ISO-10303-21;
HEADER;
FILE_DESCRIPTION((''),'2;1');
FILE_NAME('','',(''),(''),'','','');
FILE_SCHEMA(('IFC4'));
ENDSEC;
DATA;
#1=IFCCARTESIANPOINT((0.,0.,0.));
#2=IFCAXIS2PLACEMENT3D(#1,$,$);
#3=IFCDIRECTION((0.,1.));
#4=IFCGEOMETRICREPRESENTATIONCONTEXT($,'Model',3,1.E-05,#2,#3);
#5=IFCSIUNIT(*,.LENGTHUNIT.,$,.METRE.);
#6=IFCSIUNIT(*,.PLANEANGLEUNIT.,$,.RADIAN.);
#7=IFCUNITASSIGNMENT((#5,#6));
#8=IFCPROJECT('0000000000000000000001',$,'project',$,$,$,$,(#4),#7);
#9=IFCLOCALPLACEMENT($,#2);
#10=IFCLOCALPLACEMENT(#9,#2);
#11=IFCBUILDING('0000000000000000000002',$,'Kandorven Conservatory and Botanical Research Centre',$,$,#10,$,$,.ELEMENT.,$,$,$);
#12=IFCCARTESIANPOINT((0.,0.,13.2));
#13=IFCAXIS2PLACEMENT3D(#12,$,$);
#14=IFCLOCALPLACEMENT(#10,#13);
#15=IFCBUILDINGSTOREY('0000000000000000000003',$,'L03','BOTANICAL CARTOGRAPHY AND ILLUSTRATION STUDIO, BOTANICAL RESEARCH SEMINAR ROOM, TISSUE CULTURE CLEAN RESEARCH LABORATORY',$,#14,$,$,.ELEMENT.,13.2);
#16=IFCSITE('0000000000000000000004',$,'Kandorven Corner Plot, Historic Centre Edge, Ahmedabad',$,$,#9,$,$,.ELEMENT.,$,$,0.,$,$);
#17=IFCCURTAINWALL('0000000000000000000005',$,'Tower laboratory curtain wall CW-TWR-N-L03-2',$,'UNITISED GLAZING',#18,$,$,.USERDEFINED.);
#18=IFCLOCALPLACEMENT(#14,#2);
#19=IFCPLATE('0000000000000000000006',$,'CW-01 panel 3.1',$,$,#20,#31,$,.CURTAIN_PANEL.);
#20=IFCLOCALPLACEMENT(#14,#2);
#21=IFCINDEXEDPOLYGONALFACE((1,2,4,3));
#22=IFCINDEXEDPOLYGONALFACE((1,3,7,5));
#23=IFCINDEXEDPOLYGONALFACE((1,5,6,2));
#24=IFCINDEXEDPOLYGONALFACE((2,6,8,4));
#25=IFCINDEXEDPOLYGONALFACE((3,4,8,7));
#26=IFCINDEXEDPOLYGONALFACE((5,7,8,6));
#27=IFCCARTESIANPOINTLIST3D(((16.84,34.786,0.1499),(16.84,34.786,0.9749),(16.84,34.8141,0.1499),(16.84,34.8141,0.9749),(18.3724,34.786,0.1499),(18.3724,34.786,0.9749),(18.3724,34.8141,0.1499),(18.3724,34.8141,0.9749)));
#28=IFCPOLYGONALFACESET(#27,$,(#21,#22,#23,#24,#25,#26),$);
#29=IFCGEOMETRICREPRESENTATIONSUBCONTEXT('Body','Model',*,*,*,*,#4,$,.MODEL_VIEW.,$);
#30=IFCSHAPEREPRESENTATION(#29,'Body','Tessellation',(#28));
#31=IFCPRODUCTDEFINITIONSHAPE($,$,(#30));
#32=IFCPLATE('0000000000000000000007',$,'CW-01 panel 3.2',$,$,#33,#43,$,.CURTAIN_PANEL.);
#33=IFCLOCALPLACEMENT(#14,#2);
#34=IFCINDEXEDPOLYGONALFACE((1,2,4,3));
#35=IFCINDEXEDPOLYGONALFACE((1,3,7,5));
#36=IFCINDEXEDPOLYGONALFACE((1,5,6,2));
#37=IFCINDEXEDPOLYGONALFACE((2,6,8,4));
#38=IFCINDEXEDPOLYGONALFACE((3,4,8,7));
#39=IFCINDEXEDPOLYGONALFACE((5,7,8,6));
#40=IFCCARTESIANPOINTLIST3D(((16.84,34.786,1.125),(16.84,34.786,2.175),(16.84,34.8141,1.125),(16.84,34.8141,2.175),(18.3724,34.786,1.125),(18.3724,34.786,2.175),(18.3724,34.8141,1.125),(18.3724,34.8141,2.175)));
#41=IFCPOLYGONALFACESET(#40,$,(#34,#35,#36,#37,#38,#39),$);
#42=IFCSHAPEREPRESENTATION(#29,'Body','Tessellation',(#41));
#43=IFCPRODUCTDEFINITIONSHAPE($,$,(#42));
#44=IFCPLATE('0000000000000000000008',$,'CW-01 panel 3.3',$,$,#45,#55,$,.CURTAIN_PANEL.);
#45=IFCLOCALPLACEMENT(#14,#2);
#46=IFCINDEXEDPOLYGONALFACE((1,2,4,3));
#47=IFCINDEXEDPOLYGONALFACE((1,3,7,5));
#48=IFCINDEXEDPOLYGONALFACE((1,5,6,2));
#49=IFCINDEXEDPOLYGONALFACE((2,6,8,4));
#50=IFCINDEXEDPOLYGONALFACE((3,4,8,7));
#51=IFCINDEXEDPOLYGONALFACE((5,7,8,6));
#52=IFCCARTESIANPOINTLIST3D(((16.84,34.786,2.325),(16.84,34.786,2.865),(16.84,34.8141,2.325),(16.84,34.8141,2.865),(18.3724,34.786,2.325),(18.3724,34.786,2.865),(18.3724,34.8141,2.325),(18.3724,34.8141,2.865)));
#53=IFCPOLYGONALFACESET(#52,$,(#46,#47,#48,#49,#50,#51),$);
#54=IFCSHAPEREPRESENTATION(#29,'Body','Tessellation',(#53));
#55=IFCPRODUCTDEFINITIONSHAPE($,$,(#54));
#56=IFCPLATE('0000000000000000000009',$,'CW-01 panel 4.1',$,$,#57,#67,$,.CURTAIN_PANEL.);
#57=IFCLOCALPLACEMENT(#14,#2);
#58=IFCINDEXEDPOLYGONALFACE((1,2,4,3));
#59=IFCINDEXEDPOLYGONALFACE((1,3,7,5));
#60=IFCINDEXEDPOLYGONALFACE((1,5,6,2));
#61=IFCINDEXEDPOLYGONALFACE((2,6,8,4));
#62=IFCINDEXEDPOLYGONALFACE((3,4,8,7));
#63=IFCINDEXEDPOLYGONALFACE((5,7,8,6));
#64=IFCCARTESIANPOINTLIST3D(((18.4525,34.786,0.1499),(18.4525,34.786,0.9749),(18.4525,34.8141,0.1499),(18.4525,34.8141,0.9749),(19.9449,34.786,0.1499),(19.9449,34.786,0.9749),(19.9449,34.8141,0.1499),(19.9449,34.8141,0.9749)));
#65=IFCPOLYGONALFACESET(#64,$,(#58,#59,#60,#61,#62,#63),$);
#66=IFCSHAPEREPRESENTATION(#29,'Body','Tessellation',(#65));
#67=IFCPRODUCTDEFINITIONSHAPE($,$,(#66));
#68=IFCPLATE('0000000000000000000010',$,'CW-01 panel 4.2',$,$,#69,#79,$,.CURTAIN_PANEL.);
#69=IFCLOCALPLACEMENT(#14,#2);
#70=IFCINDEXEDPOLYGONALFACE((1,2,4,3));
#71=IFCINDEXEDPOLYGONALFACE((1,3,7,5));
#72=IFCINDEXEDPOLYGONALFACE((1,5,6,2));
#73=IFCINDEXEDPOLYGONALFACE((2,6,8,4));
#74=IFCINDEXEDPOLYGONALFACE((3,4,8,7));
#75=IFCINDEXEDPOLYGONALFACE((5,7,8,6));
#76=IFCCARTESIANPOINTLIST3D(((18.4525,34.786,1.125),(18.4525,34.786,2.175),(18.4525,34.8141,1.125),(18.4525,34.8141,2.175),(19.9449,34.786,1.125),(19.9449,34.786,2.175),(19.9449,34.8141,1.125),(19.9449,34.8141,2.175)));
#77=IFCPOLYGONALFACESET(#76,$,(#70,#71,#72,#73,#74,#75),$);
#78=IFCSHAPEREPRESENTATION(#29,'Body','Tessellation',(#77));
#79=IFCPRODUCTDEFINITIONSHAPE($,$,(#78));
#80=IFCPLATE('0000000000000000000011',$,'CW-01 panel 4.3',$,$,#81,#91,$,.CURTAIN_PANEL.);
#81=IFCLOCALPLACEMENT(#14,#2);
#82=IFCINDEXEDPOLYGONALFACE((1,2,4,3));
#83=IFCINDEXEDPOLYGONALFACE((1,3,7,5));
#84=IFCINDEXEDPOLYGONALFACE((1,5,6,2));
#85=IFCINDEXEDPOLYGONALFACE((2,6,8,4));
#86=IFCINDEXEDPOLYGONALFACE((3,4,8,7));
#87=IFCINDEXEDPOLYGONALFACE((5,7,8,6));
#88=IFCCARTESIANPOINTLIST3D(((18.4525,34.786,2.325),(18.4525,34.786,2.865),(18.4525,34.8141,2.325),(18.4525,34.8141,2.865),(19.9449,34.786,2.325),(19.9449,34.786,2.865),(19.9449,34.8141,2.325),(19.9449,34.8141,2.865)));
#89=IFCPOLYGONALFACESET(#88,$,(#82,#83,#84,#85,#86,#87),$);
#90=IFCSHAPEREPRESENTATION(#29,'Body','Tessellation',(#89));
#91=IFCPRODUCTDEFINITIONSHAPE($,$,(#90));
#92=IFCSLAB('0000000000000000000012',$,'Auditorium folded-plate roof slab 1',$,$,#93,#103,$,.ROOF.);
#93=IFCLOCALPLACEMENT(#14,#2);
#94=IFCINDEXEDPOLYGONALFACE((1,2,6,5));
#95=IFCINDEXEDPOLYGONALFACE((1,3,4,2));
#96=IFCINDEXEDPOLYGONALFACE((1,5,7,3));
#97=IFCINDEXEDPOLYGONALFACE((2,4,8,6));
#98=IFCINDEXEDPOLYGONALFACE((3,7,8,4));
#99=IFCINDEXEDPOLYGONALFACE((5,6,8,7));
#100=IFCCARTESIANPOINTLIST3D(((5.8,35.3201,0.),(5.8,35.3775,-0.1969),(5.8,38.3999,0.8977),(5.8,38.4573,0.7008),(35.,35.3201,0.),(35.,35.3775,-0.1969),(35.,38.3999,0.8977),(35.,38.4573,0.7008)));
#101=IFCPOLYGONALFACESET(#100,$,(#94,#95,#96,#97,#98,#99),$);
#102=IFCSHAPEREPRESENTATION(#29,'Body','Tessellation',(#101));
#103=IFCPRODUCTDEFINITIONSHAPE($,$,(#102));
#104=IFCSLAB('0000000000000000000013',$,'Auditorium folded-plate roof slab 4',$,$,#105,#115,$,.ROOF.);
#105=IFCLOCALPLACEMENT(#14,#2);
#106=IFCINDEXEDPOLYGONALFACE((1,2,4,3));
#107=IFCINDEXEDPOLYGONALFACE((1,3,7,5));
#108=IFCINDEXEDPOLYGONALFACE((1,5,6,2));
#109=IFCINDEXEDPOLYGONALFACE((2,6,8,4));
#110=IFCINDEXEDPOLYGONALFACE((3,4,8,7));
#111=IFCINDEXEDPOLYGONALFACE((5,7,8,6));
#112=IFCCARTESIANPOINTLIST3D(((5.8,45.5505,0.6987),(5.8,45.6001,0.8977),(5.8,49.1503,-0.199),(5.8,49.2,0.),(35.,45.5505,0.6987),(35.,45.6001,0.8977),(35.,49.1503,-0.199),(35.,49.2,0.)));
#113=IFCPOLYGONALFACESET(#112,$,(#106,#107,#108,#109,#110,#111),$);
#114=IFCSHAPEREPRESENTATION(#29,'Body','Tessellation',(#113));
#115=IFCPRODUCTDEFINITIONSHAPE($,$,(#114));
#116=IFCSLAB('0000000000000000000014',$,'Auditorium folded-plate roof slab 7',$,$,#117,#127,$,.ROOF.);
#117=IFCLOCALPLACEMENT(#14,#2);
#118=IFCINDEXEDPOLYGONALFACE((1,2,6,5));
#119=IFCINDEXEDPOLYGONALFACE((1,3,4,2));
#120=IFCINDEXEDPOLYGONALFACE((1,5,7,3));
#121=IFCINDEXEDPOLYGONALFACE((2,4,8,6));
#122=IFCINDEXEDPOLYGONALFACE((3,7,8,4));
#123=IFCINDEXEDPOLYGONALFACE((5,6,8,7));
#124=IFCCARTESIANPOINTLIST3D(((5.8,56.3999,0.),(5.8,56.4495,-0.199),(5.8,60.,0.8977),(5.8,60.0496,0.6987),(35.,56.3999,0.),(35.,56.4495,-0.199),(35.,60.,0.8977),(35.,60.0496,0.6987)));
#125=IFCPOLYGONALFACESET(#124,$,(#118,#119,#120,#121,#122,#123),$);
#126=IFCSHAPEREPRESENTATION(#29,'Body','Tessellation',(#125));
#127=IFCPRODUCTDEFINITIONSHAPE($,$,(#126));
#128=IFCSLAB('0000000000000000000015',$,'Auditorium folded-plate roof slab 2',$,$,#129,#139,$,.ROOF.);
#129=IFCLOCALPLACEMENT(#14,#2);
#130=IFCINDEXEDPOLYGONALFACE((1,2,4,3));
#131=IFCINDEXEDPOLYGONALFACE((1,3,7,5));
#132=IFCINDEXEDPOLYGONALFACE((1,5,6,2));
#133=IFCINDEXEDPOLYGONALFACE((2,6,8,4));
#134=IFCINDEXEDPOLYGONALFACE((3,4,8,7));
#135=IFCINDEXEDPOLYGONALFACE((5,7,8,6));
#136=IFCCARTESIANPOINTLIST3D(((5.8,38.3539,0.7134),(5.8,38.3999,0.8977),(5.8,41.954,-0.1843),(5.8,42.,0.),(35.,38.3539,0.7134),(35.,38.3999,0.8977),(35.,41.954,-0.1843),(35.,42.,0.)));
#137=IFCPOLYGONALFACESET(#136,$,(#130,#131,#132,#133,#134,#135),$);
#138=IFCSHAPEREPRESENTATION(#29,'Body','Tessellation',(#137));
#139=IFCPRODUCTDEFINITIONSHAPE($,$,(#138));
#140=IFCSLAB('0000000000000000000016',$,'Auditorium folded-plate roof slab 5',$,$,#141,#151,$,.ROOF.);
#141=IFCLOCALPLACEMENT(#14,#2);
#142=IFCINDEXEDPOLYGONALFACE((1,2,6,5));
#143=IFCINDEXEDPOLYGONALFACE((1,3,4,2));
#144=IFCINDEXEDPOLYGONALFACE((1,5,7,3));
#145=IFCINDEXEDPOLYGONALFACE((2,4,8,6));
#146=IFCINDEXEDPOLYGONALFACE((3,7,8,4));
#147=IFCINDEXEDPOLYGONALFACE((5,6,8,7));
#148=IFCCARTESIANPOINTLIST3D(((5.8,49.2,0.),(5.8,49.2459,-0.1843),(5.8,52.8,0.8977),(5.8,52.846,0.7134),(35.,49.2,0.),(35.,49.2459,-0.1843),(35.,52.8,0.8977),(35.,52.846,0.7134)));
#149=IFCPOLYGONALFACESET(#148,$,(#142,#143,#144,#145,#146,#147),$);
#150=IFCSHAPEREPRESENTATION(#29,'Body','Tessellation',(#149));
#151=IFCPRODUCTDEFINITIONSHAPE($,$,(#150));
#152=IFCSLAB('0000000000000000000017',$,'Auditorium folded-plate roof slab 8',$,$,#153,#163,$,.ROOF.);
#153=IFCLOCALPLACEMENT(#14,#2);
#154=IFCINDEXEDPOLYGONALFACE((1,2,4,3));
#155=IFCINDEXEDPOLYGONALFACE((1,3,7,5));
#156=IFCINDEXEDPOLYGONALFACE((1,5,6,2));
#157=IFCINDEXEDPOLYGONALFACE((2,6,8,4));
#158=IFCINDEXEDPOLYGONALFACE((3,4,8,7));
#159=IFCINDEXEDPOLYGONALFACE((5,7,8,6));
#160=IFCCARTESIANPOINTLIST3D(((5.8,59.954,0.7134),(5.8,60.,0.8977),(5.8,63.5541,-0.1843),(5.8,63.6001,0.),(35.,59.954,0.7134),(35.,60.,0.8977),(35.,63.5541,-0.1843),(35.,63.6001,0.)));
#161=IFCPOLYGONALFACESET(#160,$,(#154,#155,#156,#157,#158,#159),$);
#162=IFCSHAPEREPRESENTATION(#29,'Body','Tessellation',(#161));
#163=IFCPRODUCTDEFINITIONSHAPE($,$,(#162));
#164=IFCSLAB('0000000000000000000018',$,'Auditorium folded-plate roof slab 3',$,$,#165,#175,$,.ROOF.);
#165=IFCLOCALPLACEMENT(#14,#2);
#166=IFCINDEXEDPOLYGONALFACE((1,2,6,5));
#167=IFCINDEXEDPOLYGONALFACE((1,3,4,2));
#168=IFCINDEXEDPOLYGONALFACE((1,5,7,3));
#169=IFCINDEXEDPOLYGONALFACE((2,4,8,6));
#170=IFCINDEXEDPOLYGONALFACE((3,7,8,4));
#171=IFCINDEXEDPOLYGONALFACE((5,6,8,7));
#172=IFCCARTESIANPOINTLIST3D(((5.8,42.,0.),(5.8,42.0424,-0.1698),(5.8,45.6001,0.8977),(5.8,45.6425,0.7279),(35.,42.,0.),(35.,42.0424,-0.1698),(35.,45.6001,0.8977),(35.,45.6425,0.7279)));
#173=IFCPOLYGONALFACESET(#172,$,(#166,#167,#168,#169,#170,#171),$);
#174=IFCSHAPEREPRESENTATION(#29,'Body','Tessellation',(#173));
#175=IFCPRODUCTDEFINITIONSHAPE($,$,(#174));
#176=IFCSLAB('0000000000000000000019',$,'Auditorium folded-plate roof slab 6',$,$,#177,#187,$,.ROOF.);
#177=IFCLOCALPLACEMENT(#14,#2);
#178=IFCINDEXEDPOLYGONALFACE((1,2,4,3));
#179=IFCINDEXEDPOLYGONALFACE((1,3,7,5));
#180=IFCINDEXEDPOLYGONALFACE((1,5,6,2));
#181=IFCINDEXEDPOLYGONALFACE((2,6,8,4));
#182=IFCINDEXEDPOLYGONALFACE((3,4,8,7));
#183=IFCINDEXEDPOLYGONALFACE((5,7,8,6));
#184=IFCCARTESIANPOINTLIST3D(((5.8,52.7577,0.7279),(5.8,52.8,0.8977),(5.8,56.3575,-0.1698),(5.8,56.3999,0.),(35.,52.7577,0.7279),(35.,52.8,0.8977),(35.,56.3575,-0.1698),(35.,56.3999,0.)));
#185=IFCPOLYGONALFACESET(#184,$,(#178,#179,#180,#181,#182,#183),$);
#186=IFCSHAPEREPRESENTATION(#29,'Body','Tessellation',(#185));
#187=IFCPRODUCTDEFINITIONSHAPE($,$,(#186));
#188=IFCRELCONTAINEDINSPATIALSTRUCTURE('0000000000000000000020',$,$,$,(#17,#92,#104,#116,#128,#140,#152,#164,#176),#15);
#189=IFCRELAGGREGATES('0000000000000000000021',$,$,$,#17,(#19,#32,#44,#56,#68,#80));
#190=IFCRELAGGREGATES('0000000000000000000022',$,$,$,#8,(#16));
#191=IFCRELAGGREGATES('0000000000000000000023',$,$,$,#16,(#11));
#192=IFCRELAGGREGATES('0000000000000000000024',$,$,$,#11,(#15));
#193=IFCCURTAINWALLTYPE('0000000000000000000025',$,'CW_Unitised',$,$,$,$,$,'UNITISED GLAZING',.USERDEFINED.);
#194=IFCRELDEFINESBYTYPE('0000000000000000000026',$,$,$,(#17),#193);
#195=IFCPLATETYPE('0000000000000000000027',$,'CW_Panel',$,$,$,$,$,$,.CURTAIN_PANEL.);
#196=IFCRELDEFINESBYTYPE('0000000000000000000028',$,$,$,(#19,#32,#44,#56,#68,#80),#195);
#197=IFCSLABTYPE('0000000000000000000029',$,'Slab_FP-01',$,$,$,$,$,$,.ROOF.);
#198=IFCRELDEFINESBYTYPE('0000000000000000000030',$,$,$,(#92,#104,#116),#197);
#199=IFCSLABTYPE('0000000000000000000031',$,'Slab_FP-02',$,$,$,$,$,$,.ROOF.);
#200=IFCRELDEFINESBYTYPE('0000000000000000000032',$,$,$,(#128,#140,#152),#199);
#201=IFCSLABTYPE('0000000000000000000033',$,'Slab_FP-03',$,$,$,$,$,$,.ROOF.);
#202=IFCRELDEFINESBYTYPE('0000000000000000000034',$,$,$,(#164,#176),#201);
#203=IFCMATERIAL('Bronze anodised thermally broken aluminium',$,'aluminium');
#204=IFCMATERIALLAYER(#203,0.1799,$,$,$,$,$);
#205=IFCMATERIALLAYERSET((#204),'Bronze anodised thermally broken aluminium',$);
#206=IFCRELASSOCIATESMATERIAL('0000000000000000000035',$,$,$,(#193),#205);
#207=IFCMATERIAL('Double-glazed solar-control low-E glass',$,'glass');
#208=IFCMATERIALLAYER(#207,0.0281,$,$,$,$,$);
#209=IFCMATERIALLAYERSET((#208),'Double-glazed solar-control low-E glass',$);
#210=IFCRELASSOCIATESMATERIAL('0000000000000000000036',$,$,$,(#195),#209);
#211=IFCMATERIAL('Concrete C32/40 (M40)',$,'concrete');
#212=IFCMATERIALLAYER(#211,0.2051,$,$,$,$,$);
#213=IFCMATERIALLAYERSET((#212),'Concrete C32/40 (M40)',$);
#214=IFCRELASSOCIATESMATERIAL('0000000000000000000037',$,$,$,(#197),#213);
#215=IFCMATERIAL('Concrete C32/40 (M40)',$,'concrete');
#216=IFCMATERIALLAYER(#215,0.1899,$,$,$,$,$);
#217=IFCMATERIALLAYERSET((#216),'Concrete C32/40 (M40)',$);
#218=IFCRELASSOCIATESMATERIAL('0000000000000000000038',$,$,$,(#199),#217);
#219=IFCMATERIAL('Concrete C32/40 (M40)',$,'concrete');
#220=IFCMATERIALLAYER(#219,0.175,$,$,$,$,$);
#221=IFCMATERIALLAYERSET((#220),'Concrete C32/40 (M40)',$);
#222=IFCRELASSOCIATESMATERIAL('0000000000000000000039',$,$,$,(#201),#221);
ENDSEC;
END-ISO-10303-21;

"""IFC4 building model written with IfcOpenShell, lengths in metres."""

from ifc_helpers import new_model, si_unit, direction, frame, origin, origin_2d, place, context, subcontext, project, spatial, polyline, rectangle, outline, extrude, material, layer, layer_set, type_object, element, aggregate, save


model = new_model("IFC4")

# Units and contexts
model_context = context("Model", 3, precision=1e-05, world=origin(), true_north=direction((0.0, 1.0)))
body_context = subcontext(model_context, "Body", "Model", "MODEL_VIEW")
ifc_project = project(units=[si_unit("LENGTHUNIT", "METRE"), si_unit("PLANEANGLEUNIT", "RADIAN")], contexts=[model_context])

# Site, building, storey
site_placement = place(None, origin())
site = spatial("IfcSite", under=ifc_project, at=site_placement, Name="Kandorven Corner Plot, Historic Centre Edge, Ahmedabad", CompositionType="ELEMENT", RefElevation=0.0)
building_placement = place(site_placement, origin())
building = spatial("IfcBuilding", under=site, at=building_placement, Name="Kandorven Conservatory and Botanical Research Centre", CompositionType="ELEMENT")
storey_placement = place(building_placement, frame((0.0, 0.0, 13.2)))
storey = spatial("IfcBuildingStorey", under=building, at=storey_placement, Name="L03", Description="BOTANICAL CARTOGRAPHY AND ILLUSTRATION STUDIO, BOTANICAL RESEARCH SEMINAR ROOM, TISSUE CULTURE CLEAN RESEARCH LABORATORY", CompositionType="ELEMENT", Elevation=13.2)

# Curtain wall
ifc_material_1 = material(Name="Bronze anodised thermally broken aluminium", Category="aluminium")
ifc_layer_1 = layer(ifc_material_1, 0.1799)
ifc_layer_set_1 = layer_set([ifc_layer_1], Name="Bronze anodised thermally broken aluminium")
curtain_wall_type = type_object("IfcCurtainWallType", Name="CW_Unitised", ElementType="UNITISED GLAZING", PredefinedType="USERDEFINED", material=ifc_layer_set_1)
curtain_wall_placement = place(storey_placement, origin())
curtain_wall = element("IfcCurtainWall", 1, at=curtain_wall_placement, inside=storey, type_object=curtain_wall_type, Name="Tower laboratory curtain wall CW-TWR-N-L03-2", ObjectType="UNITISED GLAZING", PredefinedType="USERDEFINED")

# Plates
ifc_material_2 = material(Name="Double-glazed solar-control low-E glass", Category="glass")
ifc_layer_2 = layer(ifc_material_2, 0.0281)
ifc_layer_set_2 = layer_set([ifc_layer_2], Name="Double-glazed solar-control low-E glass")
plate_type = type_object("IfcPlateType", Name="CW_Panel", PredefinedType="CURTAIN_PANEL", material=ifc_layer_set_2)
plate_1_placement = place(storey_placement, frame((17.6062, 34.8, 0.1499), z_axis=(0.0, 0.0, 1.0), x_axis=(1.0, 0.0, 0.0)))
plate_1 = element("IfcPlate", 2, at=plate_1_placement, type_object=plate_type, Name="CW-01 panel 3.1", PredefinedType="CURTAIN_PANEL", context=body_context, shape_type="SweptSolid", body=[
    extrude(rectangle(XDim=1.5325, YDim=0.0281, at=origin_2d()), origin(), (0.0, 0.0, 1.0), 0.825),
])
plate_2_placement = place(storey_placement, frame((17.6062, 34.8, 1.125), z_axis=(0.0, 0.0, 1.0), x_axis=(1.0, 0.0, 0.0)))
plate_2 = element("IfcPlate", 3, at=plate_2_placement, type_object=plate_type, Name="CW-01 panel 3.2", PredefinedType="CURTAIN_PANEL", context=body_context, shape_type="SweptSolid", body=[
    extrude(rectangle(XDim=1.5325, YDim=0.0281, at=origin_2d()), origin(), (0.0, 0.0, 1.0), 1.05),
])
plate_3_placement = place(storey_placement, frame((17.6062, 34.8, 2.325), z_axis=(0.0, 0.0, 1.0), x_axis=(1.0, 0.0, 0.0)))
plate_3 = element("IfcPlate", 4, at=plate_3_placement, type_object=plate_type, Name="CW-01 panel 3.3", PredefinedType="CURTAIN_PANEL", context=body_context, shape_type="SweptSolid", body=[
    extrude(rectangle(XDim=1.5325, YDim=0.0281, at=origin_2d()), origin(), (0.0, 0.0, 1.0), 0.54),
])
plate_4_placement = place(storey_placement, frame((19.1987, 34.8, 0.1499), z_axis=(0.0, 0.0, 1.0), x_axis=(1.0, 0.0, 0.0)))
plate_4 = element("IfcPlate", 5, at=plate_4_placement, type_object=plate_type, Name="CW-01 panel 4.1", PredefinedType="CURTAIN_PANEL", context=body_context, shape_type="SweptSolid", body=[
    extrude(rectangle(XDim=1.4924, YDim=0.0281, at=origin_2d()), origin(), (0.0, 0.0, 1.0), 0.825),
])
plate_5_placement = place(storey_placement, frame((19.1987, 34.8, 1.125), z_axis=(0.0, 0.0, 1.0), x_axis=(1.0, 0.0, 0.0)))
plate_5 = element("IfcPlate", 6, at=plate_5_placement, type_object=plate_type, Name="CW-01 panel 4.2", PredefinedType="CURTAIN_PANEL", context=body_context, shape_type="SweptSolid", body=[
    extrude(rectangle(XDim=1.4924, YDim=0.0281, at=origin_2d()), origin(), (0.0, 0.0, 1.0), 1.05),
])
plate_6_placement = place(storey_placement, frame((19.1987, 34.8, 2.325), z_axis=(0.0, 0.0, 1.0), x_axis=(1.0, 0.0, 0.0)))
plate_6 = element("IfcPlate", 7, at=plate_6_placement, type_object=plate_type, Name="CW-01 panel 4.3", PredefinedType="CURTAIN_PANEL", context=body_context, shape_type="SweptSolid", body=[
    extrude(rectangle(XDim=1.4924, YDim=0.0281, at=origin_2d()), origin(), (0.0, 0.0, 1.0), 0.54),
])
aggregate(curtain_wall, [plate_1, plate_2, plate_3, plate_4, plate_5, plate_6])

# Slabs
ifc_material_3 = material(Name="Concrete C32/40 (M40)", Category="concrete")
ifc_layer_3 = layer(ifc_material_3, 0.2051)
ifc_layer_set_3 = layer_set([ifc_layer_3], Name="Concrete C32/40 (M40)")
slab_type_1 = type_object("IfcSlabType", Name="Slab_FP-01", PredefinedType="ROOF", material=ifc_layer_set_3)
slab_1_placement = place(storey_placement, frame((5.8, 35.3201, 0.0), z_axis=(0.0, -0.279833, 0.960049), x_axis=(1.0, 0.0, 0.0)))
element("IfcSlab", 8, at=slab_1_placement, inside=storey, type_object=slab_type_1, Name="Auditorium folded-plate roof slab 1", PredefinedType="ROOF", context=body_context, shape_type="SweptSolid", body=[
    extrude(outline(polyline([(0.0, 0.0), (29.2, 0.0), (29.2, 3.208), (0.0, 3.208), (0.0, 0.0)])), origin(), (0.0, 0.0, -1.0), 0.2051),
])
slab_2_placement = place(storey_placement, frame((5.8, 45.6001, 0.8977), z_axis=(0.0, 0.241963, 0.970286), x_axis=(1.0, 0.0, 0.0)))
element("IfcSlab", 9, at=slab_2_placement, inside=storey, type_object=slab_type_1, Name="Auditorium folded-plate roof slab 4", PredefinedType="ROOF", context=body_context, shape_type="SweptSolid", body=[
    extrude(outline(polyline([(0.0, 0.0), (29.2, 0.0), (29.2, 3.7101), (0.0, 3.7101), (0.0, 0.0)])), origin(), (0.0, 0.0, -1.0), 0.2051),
])
slab_3_placement = place(storey_placement, frame((5.8, 56.3999, 0.0), z_axis=(0.0, -0.241947, 0.970289), x_axis=(1.0, 0.0, 0.0)))
element("IfcSlab", 10, at=slab_3_placement, inside=storey, type_object=slab_type_1, Name="Auditorium folded-plate roof slab 7", PredefinedType="ROOF", context=body_context, shape_type="SweptSolid", body=[
    extrude(outline(polyline([(0.0, 0.0), (29.2, 0.0), (29.2, 3.7103), (0.0, 3.7103), (0.0, 0.0)])), origin(), (0.0, 0.0, -1.0), 0.2051),
])
ifc_material_4 = material(Name="Concrete C32/40 (M40)", Category="concrete")
ifc_layer_4 = layer(ifc_material_4, 0.1899)
ifc_layer_set_4 = layer_set([ifc_layer_4], Name="Concrete C32/40 (M40)")
slab_type_2 = type_object("IfcSlabType", Name="Slab_FP-02", PredefinedType="ROOF", material=ifc_layer_set_4)
for number, where, z_axis, x_axis, name in (
    (11, (5.8, 38.3999, 0.8977), (0.0, 0.241947, 0.970289), (1.0, 0.0, 0.0), "Auditorium folded-plate roof slab 2"),
    (12, (5.8, 49.2, 0.0), (0.0, -0.241947, 0.970289), (1.0, 0.0, 0.0), "Auditorium folded-plate roof slab 5"),
    (13, (5.8, 60.0, 0.8977), (0.0, 0.241947, 0.970289), (1.0, 0.0, 0.0), "Auditorium folded-plate roof slab 8"),
):
    element("IfcSlab", number, at=place(storey_placement, frame(where, z_axis=z_axis, x_axis=x_axis)), inside=storey, type_object=slab_type_2, Name=name, PredefinedType="ROOF", context=body_context, shape_type="SweptSolid", body=[
        extrude(outline(polyline([(0.0, 0.0), (29.2, 0.0), (29.2, 3.7103), (0.0, 3.7103), (0.0, 0.0)])), origin(), (0.0, 0.0, -1.0), 0.1899),
    ])
ifc_material_5 = material(Name="Concrete C32/40 (M40)", Category="concrete")
ifc_layer_5 = layer(ifc_material_5, 0.175)
ifc_layer_set_5 = layer_set([ifc_layer_5], Name="Concrete C32/40 (M40)")
slab_type_3 = type_object("IfcSlabType", Name="Slab_FP-03", PredefinedType="ROOF", material=ifc_layer_set_5)
slab_4_placement = place(storey_placement, frame((5.8, 42.0, 0.0), z_axis=(0.0, -0.241947, 0.970289), x_axis=(1.0, 0.0, 0.0)))
element("IfcSlab", 14, at=slab_4_placement, inside=storey, type_object=slab_type_3, Name="Auditorium folded-plate roof slab 3", PredefinedType="ROOF", context=body_context, shape_type="SweptSolid", body=[
    extrude(outline(polyline([(0.0, 0.0), (29.2, 0.0), (29.2, 3.7103), (0.0, 3.7103), (0.0, 0.0)])), origin(), (0.0, 0.0, -1.0), 0.175),
])
slab_5_placement = place(storey_placement, frame((5.8, 52.8, 0.8977), z_axis=(0.0, 0.241963, 0.970286), x_axis=(1.0, 0.0, 0.0)))
element("IfcSlab", 15, at=slab_5_placement, inside=storey, type_object=slab_type_3, Name="Auditorium folded-plate roof slab 6", PredefinedType="ROOF", context=body_context, shape_type="SweptSolid", body=[
    extrude(outline(polyline([(0.0, 0.0), (29.2, 0.0), (29.2, 3.7101), (0.0, 3.7101), (0.0, 0.0)])), origin(), (0.0, 0.0, -1.0), 0.175),
])

save(model, "model.ifc")
